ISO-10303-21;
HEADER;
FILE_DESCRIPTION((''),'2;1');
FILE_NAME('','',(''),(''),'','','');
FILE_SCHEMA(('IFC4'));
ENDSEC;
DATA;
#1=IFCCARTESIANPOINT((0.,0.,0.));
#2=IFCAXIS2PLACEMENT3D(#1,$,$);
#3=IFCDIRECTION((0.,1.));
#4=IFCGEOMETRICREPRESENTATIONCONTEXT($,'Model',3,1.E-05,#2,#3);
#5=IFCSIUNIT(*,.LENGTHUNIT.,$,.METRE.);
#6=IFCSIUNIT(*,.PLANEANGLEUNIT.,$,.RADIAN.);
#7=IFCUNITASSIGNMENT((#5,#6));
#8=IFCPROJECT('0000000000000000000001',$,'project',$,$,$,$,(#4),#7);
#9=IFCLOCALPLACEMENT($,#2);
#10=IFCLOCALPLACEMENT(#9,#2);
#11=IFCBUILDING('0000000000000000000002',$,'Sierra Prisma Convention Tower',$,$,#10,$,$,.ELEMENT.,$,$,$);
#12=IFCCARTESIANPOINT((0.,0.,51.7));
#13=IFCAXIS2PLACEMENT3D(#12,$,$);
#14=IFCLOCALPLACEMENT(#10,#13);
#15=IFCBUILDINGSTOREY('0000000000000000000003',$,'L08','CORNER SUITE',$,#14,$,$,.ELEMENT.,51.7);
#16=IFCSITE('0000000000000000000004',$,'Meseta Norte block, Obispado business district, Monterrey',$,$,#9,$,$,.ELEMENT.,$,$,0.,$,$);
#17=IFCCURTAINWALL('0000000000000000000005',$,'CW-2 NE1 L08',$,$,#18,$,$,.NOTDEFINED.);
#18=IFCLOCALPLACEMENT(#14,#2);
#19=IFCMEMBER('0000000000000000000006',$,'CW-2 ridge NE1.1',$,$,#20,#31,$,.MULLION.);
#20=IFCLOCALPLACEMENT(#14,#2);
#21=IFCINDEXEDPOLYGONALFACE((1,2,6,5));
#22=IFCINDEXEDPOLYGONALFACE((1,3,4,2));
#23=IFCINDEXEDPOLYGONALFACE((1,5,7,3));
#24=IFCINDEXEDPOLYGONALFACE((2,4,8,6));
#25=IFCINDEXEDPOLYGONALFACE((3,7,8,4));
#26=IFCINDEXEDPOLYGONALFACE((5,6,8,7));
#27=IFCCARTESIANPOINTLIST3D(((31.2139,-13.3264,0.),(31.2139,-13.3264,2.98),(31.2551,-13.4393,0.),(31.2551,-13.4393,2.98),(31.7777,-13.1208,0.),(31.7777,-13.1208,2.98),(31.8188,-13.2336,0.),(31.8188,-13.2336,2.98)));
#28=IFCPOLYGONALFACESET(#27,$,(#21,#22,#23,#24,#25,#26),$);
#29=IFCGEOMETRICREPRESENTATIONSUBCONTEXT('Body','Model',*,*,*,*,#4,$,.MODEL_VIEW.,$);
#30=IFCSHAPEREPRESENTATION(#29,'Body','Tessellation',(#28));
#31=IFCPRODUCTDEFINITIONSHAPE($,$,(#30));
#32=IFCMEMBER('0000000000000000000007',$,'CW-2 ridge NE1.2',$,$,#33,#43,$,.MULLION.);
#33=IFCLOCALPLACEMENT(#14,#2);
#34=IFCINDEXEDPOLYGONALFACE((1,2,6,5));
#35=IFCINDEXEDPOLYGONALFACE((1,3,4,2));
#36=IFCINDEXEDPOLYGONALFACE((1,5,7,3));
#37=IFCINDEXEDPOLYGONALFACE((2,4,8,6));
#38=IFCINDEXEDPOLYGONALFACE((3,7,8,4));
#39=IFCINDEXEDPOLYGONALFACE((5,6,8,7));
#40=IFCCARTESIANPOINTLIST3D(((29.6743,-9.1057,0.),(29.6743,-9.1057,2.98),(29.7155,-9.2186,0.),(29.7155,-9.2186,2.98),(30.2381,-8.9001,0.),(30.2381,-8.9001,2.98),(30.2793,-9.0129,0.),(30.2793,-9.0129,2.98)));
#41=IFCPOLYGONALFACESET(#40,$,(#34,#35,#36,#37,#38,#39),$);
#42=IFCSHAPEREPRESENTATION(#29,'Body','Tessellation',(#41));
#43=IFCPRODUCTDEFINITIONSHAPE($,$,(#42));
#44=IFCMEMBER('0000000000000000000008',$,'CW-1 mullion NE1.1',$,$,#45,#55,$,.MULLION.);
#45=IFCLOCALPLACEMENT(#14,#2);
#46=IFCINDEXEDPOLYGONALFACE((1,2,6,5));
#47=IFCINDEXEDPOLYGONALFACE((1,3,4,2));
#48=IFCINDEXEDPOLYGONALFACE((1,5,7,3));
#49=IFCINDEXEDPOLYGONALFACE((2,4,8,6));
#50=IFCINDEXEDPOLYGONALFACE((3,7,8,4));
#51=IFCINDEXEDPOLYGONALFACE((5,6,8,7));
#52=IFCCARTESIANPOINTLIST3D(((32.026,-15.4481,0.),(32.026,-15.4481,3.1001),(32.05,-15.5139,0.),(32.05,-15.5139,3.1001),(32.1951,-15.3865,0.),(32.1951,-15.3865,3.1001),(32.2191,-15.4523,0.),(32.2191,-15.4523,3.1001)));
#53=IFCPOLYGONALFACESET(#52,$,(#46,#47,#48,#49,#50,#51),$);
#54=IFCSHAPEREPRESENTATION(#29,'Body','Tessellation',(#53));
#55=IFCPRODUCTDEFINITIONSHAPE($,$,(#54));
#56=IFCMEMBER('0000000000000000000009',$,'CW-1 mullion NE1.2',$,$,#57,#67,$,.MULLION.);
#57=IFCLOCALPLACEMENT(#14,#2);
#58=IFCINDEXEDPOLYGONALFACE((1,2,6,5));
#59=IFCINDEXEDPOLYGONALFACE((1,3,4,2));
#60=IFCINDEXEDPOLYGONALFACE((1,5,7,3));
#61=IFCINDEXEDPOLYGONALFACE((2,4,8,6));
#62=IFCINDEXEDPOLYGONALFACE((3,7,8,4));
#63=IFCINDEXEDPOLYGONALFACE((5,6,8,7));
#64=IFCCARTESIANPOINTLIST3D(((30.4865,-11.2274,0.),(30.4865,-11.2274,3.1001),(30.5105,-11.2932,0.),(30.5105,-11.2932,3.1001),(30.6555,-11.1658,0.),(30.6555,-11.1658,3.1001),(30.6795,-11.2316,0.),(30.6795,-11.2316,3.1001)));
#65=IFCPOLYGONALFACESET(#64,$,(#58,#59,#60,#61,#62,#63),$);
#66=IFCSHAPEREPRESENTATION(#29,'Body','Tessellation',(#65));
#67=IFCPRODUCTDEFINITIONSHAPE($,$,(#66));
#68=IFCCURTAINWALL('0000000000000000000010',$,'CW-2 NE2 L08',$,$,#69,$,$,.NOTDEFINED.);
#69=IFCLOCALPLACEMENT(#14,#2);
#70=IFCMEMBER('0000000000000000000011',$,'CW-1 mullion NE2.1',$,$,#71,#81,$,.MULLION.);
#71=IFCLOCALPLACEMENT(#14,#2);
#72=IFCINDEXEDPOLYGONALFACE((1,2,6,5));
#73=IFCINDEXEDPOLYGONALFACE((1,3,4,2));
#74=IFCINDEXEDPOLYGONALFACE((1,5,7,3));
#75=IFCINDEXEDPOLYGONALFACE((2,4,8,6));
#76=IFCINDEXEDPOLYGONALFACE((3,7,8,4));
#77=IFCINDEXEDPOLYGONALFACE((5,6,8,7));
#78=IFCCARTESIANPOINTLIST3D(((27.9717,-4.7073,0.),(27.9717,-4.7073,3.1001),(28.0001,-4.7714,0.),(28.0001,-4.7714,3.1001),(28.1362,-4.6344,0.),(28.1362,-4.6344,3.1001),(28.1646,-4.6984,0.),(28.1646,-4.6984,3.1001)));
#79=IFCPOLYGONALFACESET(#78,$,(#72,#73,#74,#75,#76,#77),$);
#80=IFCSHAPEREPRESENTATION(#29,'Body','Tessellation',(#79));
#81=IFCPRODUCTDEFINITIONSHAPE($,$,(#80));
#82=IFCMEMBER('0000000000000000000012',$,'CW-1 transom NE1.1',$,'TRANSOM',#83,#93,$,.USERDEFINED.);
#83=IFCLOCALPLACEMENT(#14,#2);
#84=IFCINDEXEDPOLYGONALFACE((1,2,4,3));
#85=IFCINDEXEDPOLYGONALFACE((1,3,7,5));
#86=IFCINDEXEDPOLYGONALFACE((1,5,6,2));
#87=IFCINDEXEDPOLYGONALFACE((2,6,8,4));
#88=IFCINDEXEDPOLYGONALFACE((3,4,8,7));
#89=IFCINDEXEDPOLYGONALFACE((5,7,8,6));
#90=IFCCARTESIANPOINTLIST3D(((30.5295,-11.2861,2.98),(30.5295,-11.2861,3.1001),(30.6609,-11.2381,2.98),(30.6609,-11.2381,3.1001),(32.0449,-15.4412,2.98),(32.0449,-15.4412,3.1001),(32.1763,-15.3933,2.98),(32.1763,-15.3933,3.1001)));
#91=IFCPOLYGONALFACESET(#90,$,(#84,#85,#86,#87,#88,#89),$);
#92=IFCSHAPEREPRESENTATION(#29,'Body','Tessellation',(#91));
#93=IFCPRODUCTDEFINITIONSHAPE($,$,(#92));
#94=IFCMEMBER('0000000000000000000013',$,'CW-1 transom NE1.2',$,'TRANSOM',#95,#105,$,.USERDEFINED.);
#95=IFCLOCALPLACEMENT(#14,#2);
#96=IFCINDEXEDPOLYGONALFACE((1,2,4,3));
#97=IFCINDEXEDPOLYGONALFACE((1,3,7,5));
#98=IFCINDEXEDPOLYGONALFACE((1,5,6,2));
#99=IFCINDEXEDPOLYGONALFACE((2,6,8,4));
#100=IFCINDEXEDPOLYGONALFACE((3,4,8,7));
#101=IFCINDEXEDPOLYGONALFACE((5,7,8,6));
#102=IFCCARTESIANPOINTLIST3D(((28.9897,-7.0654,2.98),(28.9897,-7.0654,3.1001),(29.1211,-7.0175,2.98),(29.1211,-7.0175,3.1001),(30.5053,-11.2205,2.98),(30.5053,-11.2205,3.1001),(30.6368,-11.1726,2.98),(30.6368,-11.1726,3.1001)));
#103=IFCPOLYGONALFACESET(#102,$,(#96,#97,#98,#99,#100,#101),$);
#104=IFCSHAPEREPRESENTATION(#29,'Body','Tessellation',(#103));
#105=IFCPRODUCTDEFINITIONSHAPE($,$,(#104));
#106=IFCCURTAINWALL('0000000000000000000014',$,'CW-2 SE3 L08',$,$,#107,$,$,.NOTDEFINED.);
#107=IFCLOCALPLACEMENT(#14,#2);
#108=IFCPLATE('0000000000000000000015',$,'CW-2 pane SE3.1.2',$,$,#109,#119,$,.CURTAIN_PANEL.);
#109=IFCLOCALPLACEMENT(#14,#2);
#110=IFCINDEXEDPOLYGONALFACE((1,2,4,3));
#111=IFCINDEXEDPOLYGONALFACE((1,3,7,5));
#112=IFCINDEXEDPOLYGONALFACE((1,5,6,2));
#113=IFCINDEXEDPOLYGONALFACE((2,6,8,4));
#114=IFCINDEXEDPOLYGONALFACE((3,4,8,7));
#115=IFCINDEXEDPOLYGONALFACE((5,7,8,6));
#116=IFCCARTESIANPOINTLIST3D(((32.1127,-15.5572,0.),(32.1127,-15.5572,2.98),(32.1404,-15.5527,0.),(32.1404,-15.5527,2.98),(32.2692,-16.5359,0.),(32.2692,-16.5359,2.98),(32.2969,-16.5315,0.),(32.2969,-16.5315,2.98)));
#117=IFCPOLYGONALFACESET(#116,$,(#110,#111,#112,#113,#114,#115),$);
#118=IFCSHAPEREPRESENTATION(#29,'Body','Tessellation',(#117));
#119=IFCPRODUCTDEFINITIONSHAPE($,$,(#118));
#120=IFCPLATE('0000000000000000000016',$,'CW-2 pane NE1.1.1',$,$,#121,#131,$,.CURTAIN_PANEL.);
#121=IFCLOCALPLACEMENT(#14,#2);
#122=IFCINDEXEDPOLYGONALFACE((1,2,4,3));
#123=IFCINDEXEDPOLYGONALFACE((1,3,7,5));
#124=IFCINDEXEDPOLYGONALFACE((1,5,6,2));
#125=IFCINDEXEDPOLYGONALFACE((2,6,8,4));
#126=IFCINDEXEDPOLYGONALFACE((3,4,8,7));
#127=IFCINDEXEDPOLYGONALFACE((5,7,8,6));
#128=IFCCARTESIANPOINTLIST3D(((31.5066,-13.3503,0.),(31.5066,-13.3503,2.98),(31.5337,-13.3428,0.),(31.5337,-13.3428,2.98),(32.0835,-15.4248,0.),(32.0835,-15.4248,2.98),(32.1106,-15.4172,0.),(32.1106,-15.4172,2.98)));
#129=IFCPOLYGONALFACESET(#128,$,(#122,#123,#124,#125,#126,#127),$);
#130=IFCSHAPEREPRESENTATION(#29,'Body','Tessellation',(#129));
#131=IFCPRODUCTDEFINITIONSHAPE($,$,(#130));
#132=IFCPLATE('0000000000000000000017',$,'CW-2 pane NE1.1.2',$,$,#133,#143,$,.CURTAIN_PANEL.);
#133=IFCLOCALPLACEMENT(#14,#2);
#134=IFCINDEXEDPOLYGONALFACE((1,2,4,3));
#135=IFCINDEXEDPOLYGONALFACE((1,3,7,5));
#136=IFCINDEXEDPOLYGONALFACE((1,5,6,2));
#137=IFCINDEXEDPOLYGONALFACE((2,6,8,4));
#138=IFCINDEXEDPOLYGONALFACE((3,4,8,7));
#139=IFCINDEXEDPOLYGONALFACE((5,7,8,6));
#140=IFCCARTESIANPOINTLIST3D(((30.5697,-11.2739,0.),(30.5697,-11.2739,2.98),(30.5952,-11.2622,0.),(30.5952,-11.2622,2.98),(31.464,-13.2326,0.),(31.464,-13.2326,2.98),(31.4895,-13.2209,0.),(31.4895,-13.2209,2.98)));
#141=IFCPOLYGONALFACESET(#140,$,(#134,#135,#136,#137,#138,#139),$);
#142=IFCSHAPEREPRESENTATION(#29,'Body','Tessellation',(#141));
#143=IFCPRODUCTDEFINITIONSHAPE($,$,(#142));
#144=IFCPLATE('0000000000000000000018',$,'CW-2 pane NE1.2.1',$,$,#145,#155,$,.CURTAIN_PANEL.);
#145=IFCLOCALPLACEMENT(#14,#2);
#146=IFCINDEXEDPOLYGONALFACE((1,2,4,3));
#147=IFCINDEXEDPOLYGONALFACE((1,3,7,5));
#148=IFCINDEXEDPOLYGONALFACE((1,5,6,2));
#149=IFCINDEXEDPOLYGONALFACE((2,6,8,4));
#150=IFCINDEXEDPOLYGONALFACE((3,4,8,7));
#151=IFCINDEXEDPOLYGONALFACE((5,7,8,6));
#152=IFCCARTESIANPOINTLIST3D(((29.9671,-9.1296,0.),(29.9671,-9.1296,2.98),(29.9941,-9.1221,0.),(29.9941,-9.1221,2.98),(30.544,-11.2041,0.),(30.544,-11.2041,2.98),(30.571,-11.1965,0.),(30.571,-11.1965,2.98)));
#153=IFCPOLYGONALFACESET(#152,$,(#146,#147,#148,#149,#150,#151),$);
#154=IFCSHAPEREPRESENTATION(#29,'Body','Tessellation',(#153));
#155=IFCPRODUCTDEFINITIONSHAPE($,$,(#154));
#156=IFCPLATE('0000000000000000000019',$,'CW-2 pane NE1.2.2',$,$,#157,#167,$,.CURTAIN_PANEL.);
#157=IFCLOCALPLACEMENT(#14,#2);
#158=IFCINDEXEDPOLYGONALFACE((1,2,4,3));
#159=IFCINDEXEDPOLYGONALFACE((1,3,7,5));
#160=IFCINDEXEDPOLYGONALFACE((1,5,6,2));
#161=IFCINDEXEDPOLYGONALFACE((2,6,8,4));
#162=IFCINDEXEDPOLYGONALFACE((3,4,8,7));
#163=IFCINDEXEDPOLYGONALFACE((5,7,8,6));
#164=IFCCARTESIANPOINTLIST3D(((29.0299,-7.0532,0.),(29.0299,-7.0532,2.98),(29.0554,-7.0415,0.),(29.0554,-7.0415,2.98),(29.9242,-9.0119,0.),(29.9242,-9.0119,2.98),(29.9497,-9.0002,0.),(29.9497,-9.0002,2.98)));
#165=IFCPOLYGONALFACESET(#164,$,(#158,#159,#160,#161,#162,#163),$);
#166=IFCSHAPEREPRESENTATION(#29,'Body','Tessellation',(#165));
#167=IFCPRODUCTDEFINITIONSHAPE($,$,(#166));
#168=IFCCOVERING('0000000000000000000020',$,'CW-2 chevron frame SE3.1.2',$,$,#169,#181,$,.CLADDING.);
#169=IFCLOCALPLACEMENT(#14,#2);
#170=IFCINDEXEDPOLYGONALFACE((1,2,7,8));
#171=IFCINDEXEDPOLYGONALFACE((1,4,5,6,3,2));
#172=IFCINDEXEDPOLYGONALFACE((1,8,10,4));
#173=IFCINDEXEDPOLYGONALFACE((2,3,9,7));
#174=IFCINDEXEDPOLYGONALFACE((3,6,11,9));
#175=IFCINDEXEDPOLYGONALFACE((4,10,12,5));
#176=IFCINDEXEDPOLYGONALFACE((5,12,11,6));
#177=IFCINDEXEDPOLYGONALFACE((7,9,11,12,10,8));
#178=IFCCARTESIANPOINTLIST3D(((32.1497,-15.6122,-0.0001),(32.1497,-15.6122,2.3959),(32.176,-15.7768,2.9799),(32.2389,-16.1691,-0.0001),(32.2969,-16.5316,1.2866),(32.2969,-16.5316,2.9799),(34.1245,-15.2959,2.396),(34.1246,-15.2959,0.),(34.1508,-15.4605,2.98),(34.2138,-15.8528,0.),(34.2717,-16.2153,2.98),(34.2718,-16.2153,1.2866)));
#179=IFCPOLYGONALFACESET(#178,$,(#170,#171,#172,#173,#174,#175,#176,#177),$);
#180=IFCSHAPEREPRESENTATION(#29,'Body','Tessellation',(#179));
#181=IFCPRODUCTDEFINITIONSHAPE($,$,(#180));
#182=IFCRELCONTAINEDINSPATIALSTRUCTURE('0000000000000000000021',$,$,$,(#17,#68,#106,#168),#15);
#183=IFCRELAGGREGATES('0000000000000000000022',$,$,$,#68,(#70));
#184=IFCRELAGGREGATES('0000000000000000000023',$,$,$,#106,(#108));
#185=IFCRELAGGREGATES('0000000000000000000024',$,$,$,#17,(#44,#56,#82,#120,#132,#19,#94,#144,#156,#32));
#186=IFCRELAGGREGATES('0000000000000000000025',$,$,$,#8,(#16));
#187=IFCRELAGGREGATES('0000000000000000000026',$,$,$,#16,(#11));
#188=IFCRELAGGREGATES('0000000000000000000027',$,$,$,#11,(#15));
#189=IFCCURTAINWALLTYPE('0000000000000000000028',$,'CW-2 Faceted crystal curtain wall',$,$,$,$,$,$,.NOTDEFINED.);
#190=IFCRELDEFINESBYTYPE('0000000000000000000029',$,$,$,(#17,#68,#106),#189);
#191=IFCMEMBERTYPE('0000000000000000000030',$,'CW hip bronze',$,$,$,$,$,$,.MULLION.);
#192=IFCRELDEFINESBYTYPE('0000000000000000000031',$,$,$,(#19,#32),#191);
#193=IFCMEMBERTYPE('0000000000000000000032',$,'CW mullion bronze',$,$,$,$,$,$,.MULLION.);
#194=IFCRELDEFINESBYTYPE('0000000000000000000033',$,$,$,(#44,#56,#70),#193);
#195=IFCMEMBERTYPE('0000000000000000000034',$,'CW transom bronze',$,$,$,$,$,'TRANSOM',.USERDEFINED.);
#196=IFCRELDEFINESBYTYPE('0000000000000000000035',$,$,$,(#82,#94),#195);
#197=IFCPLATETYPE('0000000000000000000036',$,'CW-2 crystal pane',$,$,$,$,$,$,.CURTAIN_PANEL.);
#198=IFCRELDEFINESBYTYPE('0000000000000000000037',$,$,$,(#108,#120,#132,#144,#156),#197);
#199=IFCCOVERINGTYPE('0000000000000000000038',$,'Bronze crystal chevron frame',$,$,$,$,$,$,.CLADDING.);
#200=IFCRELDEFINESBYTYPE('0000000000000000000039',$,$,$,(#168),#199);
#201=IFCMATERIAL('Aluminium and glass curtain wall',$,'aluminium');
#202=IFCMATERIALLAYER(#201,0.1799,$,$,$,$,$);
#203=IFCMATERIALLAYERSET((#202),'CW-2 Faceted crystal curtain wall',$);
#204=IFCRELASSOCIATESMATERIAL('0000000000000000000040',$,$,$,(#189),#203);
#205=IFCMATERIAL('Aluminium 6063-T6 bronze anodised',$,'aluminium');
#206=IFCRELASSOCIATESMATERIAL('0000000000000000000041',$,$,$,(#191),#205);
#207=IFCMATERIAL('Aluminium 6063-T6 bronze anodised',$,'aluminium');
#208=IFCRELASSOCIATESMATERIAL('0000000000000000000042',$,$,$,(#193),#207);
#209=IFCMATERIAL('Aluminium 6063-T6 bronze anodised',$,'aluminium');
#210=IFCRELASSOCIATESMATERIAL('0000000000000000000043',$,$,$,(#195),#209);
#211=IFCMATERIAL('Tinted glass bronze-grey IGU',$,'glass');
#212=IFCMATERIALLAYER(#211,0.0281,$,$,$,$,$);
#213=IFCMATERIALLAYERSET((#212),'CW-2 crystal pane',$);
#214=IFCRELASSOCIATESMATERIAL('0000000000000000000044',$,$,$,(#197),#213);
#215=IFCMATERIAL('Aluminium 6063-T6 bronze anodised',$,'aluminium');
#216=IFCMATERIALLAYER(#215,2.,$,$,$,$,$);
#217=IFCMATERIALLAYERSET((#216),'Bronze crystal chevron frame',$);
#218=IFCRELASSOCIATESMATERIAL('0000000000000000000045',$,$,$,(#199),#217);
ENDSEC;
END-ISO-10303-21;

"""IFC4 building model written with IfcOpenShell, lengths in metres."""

from ifc_helpers import new_model, si_unit, direction, frame, origin, origin_2d, place, context, subcontext, project, spatial, polyline, rectangle, outline, extrude, material, layer, layer_set, material_profile, profile_set, type_object, element, aggregate, save


model = new_model("IFC4")

# Units and contexts
model_context = context("Model", 3, precision=1e-05, world=origin(), true_north=direction((0.0, 1.0)))
body_context = subcontext(model_context, "Body", "Model", "MODEL_VIEW")
ifc_project = project(units=[si_unit("LENGTHUNIT", "METRE"), si_unit("PLANEANGLEUNIT", "RADIAN")], contexts=[model_context])

# Site, building, storey
site_placement = place(None, origin())
site = spatial("IfcSite", under=ifc_project, at=site_placement, Name="Meseta Norte block, Obispado business district, Monterrey", CompositionType="ELEMENT", RefElevation=0.0)
building_placement = place(site_placement, origin())
building = spatial("IfcBuilding", under=site, at=building_placement, Name="Sierra Prisma Convention Tower", CompositionType="ELEMENT")
storey_placement = place(building_placement, frame((0.0, 0.0, 51.7)))
storey = spatial("IfcBuildingStorey", under=building, at=storey_placement, Name="L08", Description="CORNER SUITE", CompositionType="ELEMENT", Elevation=51.7)

# Curtain wall, members
ifc_material_1 = material(Name="Aluminium and glass curtain wall", Category="aluminium")
ifc_layer_1 = layer(ifc_material_1, 0.1799)
ifc_layer_set_1 = layer_set([ifc_layer_1], Name="CW-2 Faceted crystal curtain wall")
curtain_wall_type = type_object("IfcCurtainWallType", Name="CW-2 Faceted crystal curtain wall", PredefinedType="NOTDEFINED", material=ifc_layer_set_1)
curtain_wall_1_placement = place(storey_placement, origin())
curtain_wall_1 = element("IfcCurtainWall", 1, at=curtain_wall_1_placement, inside=storey, type_object=curtain_wall_type, Name="CW-2 NE1 L08", PredefinedType="NOTDEFINED")
ifc_material_2 = material(Name="Aluminium 6063-T6 bronze anodised", Category="aluminium")
ifc_material_profile_1 = material_profile(ifc_material_2, rectangle(XDim=0.1201, YDim=0.6001, at=origin_2d()), Name="ALU RIDGE BLADE 120x600")
ifc_profile_set_1 = profile_set([ifc_material_profile_1], Name="Aluminium 6063-T6 bronze anodised")
member_type_1 = type_object("IfcMemberType", Name="CW hip bronze", PredefinedType="MULLION", material=ifc_profile_set_1)
member_1_placement = place(storey_placement, frame((31.5164, -13.28, 0.0), z_axis=(0.0, 0.0, 1.0), x_axis=(-0.342676, 0.939454, 0.0)))
member_1 = element("IfcMember", 2, at=member_1_placement, type_object=member_type_1, Name="CW-2 ridge NE1.1", PredefinedType="MULLION", context=body_context, shape_type="SweptSolid", body=[
    extrude(rectangle(XDim=0.1201, YDim=0.6001, at=origin_2d()), origin(), (0.0, 0.0, 1.0), 2.98),
])
member_2_placement = place(storey_placement, frame((29.9768, -9.0593, 0.0), z_axis=(0.0, 0.0, 1.0), x_axis=(-0.342676, 0.939454, 0.0)))
member_2 = element("IfcMember", 3, at=member_2_placement, type_object=member_type_1, Name="CW-2 ridge NE1.2", PredefinedType="MULLION", context=body_context, shape_type="SweptSolid", body=[
    extrude(rectangle(XDim=0.1201, YDim=0.6001, at=origin_2d()), origin(), (0.0, 0.0, 1.0), 2.98),
])
ifc_material_3 = material(Name="Aluminium 6063-T6 bronze anodised", Category="aluminium")
ifc_material_profile_2 = material_profile(ifc_material_3, rectangle(XDim=0.1799, YDim=0.0701, at=origin_2d()), Name="ALU MULLION 70x180")
ifc_profile_set_2 = profile_set([ifc_material_profile_2], Name="Aluminium 6063-T6 bronze anodised")
member_type_2 = type_object("IfcMemberType", Name="CW mullion bronze", PredefinedType="MULLION", material=ifc_profile_set_2)
member_3_placement = place(storey_placement, frame((32.1226, -15.4502, 0.0), z_axis=(0.0, 0.0, 1.0), x_axis=(-0.939454, -0.342676, 0.0)))
member_3 = element("IfcMember", 4, at=member_3_placement, type_object=member_type_2, Name="CW-1 mullion NE1.1", PredefinedType="MULLION", context=body_context, shape_type="SweptSolid", body=[
    extrude(rectangle(XDim=0.1799, YDim=0.0701, at=origin_2d()), origin(), (0.0, 0.0, 1.0), 3.1001),
])
member_4_placement = place(storey_placement, frame((30.583, -11.2295, 0.0), z_axis=(0.0, 0.0, 1.0), x_axis=(-0.939454, -0.342676, 0.0)))
member_4 = element("IfcMember", 5, at=member_4_placement, type_object=member_type_2, Name="CW-1 mullion NE1.2", PredefinedType="MULLION", context=body_context, shape_type="SweptSolid", body=[
    extrude(rectangle(XDim=0.1799, YDim=0.0701, at=origin_2d()), origin(), (0.0, 0.0, 1.0), 3.1001),
])

# Curtain wall, member
curtain_wall_2_placement = place(storey_placement, origin())
curtain_wall_2 = element("IfcCurtainWall", 6, at=curtain_wall_2_placement, inside=storey, type_object=curtain_wall_type, Name="CW-2 NE2 L08", PredefinedType="NOTDEFINED")
member_5_placement = place(storey_placement, frame((28.0681, -4.7029, 0.0), z_axis=(0.0, 0.0, 1.0), x_axis=(-0.914189, -0.405288, 0.0)))
member_5 = element("IfcMember", 7, at=member_5_placement, type_object=member_type_2, Name="CW-1 mullion NE2.1", PredefinedType="MULLION", context=body_context, shape_type="SweptSolid", body=[
    extrude(rectangle(XDim=0.1799, YDim=0.0701, at=origin_2d()), origin(), (0.0, 0.0, 1.0), 3.1001),
])
aggregate(curtain_wall_2, [member_5])

# Members
ifc_material_4 = material(Name="Aluminium 6063-T6 bronze anodised", Category="aluminium")
ifc_material_profile_3 = material_profile(ifc_material_4, rectangle(XDim=0.1399, YDim=0.1201, at=origin_2d()), Name="ALU TRANSOM 120x140")
ifc_profile_set_3 = profile_set([ifc_material_profile_3], Name="Aluminium 6063-T6 bronze anodised")
member_type_3 = type_object("IfcMemberType", Name="CW transom bronze", ElementType="TRANSOM", PredefinedType="USERDEFINED", material=ifc_profile_set_3)
member_6_placement = place(storey_placement, frame((32.1106, -15.4172, 3.04), z_axis=(-0.342634, 0.939469, 0.0), x_axis=(-0.939469, -0.342634, 0.0)))
member_6 = element("IfcMember", 8, at=member_6_placement, type_object=member_type_3, Name="CW-1 transom NE1.1", ObjectType="TRANSOM", PredefinedType="USERDEFINED", context=body_context, shape_type="SweptSolid", body=[
    extrude(rectangle(XDim=0.1399, YDim=0.1201, at=origin_2d()), origin(), (0.0, 0.0, 1.0), 4.4229),
])
member_7_placement = place(storey_placement, frame((30.571, -11.1965, 3.04), z_axis=(-0.342683, 0.939451, 0.0), x_axis=(-0.939451, -0.342683, 0.0)))
member_7 = element("IfcMember", 9, at=member_7_placement, type_object=member_type_3, Name="CW-1 transom NE1.2", ObjectType="TRANSOM", PredefinedType="USERDEFINED", context=body_context, shape_type="SweptSolid", body=[
    extrude(rectangle(XDim=0.1399, YDim=0.1201, at=origin_2d()), origin(), (0.0, 0.0, 1.0), 4.4229),
])

# Curtain wall, plate
curtain_wall_3_placement = place(storey_placement, origin())
curtain_wall_3 = element("IfcCurtainWall", 10, at=curtain_wall_3_placement, inside=storey, type_object=curtain_wall_type, Name="CW-2 SE3 L08", PredefinedType="NOTDEFINED")
ifc_material_5 = material(Name="Tinted glass bronze-grey IGU", Category="glass")
ifc_layer_2 = layer(ifc_material_5, 0.0281)
ifc_layer_set_2 = layer_set([ifc_layer_2], Name="CW-2 crystal pane")
plate_type = type_object("IfcPlateType", Name="CW-2 crystal pane", PredefinedType="CURTAIN_PANEL", material=ifc_layer_set_2)
plate_1_placement = place(storey_placement, frame((32.1404, -15.5527, 0.0), z_axis=(0.987458, 0.157885, 0.0), x_axis=(0.157885, -0.987458, 0.0)))
plate_1 = element("IfcPlate", 11, at=plate_1_placement, type_object=plate_type, Name="CW-2 pane SE3.1.2", PredefinedType="CURTAIN_PANEL", context=body_context, shape_type="SweptSolid", body=[
    extrude(outline(polyline([(0.0, 0.0), (0.9912, 0.0), (0.9912, -2.98), (0.0, -2.98), (0.0, 0.0)])), origin(), (0.0, 0.0, -1.0), 0.0281),
])
aggregate(curtain_wall_3, [plate_1])

# Plates
plate_2_placement = place(storey_placement, frame((32.1106, -15.4172, 0.0), z_axis=(0.963438, 0.26793, 0.0), x_axis=(-0.26793, 0.963438, 0.0)))
plate_2 = element("IfcPlate", 12, at=plate_2_placement, type_object=plate_type, Name="CW-2 pane NE1.1.1", PredefinedType="CURTAIN_PANEL", context=body_context, shape_type="SweptSolid", body=[
    extrude(outline(polyline([(0.0, 0.0), (2.1532, 0.0), (2.1532, 2.98), (0.0, 2.98), (0.0, 0.0)])), origin(), (0.0, 0.0, -1.0), 0.0281),
])
plate_3_placement = place(storey_placement, frame((30.5952, -11.2622, 0.0), z_axis=(0.909674, 0.415323, 0.0), x_axis=(0.415323, -0.909674, 0.0)))
plate_3 = element("IfcPlate", 13, at=plate_3_placement, type_object=plate_type, Name="CW-2 pane NE1.1.2", PredefinedType="CURTAIN_PANEL", context=body_context, shape_type="SweptSolid", body=[
    extrude(outline(polyline([(0.0, 0.0), (2.1532, 0.0), (2.1532, -2.98), (0.0, -2.98), (0.0, 0.0)])), origin(), (0.0, 0.0, -1.0), 0.0281),
])
plate_4_placement = place(storey_placement, frame((30.571, -11.1965, 0.0), z_axis=(0.963438, 0.26793, 0.0), x_axis=(-0.26793, 0.963438, 0.0)))
plate_4 = element("IfcPlate", 14, at=plate_4_placement, type_object=plate_type, Name="CW-2 pane NE1.2.1", PredefinedType="CURTAIN_PANEL", context=body_context, shape_type="SweptSolid", body=[
    extrude(outline(polyline([(0.0, 0.0), (2.1532, 0.0), (2.1532, 2.98), (0.0, 2.98), (0.0, 0.0)])), origin(), (0.0, 0.0, -1.0), 0.0281),
])
plate_5_placement = place(storey_placement, frame((29.0554, -7.0415, 0.0), z_axis=(0.909674, 0.415323, 0.0), x_axis=(0.415323, -0.909674, 0.0)))
plate_5 = element("IfcPlate", 15, at=plate_5_placement, type_object=plate_type, Name="CW-2 pane NE1.2.2", PredefinedType="CURTAIN_PANEL", context=body_context, shape_type="SweptSolid", body=[
    extrude(outline(polyline([(0.0, 0.0), (2.1532, 0.0), (2.1532, -2.98), (0.0, -2.98), (0.0, 0.0)])), origin(), (0.0, 0.0, -1.0), 0.0281),
])
aggregate(curtain_wall_1, [member_3, member_4, member_6, plate_2, plate_3, member_1, member_7, plate_4, plate_5, member_2])

# Covering
ifc_material_6 = material(Name="Aluminium 6063-T6 bronze anodised", Category="aluminium")
ifc_layer_3 = layer(ifc_material_6, 2.0)
ifc_layer_set_3 = layer_set([ifc_layer_3], Name="Bronze crystal chevron frame")
covering_type = type_object("IfcCoveringType", Name="Bronze crystal chevron frame", PredefinedType="CLADDING", material=ifc_layer_set_3)
covering_1_placement = place(storey_placement, frame((34.2717, -16.2153, 2.98), z_axis=(0.987415, 0.158148, 0.000031), x_axis=(0.000031, 0.000005, -1.0)))
element("IfcCovering", 16, at=covering_1_placement, inside=storey, type_object=covering_type, Name="CW-2 chevron frame SE3.1.2", PredefinedType="CLADDING", context=body_context, shape_type="SweptSolid", body=[
    extrude(outline(polyline([(0.0, 0.0), (1.6934, 0.0), (2.98, 0.3671), (2.98, 0.9311), (0.584, 0.9311), (0.0, 0.7645), (0.0, 0.0)])), origin(), (0.0, 0.0, -1.0), 2.0),
])

save(model, "model.ifc")
